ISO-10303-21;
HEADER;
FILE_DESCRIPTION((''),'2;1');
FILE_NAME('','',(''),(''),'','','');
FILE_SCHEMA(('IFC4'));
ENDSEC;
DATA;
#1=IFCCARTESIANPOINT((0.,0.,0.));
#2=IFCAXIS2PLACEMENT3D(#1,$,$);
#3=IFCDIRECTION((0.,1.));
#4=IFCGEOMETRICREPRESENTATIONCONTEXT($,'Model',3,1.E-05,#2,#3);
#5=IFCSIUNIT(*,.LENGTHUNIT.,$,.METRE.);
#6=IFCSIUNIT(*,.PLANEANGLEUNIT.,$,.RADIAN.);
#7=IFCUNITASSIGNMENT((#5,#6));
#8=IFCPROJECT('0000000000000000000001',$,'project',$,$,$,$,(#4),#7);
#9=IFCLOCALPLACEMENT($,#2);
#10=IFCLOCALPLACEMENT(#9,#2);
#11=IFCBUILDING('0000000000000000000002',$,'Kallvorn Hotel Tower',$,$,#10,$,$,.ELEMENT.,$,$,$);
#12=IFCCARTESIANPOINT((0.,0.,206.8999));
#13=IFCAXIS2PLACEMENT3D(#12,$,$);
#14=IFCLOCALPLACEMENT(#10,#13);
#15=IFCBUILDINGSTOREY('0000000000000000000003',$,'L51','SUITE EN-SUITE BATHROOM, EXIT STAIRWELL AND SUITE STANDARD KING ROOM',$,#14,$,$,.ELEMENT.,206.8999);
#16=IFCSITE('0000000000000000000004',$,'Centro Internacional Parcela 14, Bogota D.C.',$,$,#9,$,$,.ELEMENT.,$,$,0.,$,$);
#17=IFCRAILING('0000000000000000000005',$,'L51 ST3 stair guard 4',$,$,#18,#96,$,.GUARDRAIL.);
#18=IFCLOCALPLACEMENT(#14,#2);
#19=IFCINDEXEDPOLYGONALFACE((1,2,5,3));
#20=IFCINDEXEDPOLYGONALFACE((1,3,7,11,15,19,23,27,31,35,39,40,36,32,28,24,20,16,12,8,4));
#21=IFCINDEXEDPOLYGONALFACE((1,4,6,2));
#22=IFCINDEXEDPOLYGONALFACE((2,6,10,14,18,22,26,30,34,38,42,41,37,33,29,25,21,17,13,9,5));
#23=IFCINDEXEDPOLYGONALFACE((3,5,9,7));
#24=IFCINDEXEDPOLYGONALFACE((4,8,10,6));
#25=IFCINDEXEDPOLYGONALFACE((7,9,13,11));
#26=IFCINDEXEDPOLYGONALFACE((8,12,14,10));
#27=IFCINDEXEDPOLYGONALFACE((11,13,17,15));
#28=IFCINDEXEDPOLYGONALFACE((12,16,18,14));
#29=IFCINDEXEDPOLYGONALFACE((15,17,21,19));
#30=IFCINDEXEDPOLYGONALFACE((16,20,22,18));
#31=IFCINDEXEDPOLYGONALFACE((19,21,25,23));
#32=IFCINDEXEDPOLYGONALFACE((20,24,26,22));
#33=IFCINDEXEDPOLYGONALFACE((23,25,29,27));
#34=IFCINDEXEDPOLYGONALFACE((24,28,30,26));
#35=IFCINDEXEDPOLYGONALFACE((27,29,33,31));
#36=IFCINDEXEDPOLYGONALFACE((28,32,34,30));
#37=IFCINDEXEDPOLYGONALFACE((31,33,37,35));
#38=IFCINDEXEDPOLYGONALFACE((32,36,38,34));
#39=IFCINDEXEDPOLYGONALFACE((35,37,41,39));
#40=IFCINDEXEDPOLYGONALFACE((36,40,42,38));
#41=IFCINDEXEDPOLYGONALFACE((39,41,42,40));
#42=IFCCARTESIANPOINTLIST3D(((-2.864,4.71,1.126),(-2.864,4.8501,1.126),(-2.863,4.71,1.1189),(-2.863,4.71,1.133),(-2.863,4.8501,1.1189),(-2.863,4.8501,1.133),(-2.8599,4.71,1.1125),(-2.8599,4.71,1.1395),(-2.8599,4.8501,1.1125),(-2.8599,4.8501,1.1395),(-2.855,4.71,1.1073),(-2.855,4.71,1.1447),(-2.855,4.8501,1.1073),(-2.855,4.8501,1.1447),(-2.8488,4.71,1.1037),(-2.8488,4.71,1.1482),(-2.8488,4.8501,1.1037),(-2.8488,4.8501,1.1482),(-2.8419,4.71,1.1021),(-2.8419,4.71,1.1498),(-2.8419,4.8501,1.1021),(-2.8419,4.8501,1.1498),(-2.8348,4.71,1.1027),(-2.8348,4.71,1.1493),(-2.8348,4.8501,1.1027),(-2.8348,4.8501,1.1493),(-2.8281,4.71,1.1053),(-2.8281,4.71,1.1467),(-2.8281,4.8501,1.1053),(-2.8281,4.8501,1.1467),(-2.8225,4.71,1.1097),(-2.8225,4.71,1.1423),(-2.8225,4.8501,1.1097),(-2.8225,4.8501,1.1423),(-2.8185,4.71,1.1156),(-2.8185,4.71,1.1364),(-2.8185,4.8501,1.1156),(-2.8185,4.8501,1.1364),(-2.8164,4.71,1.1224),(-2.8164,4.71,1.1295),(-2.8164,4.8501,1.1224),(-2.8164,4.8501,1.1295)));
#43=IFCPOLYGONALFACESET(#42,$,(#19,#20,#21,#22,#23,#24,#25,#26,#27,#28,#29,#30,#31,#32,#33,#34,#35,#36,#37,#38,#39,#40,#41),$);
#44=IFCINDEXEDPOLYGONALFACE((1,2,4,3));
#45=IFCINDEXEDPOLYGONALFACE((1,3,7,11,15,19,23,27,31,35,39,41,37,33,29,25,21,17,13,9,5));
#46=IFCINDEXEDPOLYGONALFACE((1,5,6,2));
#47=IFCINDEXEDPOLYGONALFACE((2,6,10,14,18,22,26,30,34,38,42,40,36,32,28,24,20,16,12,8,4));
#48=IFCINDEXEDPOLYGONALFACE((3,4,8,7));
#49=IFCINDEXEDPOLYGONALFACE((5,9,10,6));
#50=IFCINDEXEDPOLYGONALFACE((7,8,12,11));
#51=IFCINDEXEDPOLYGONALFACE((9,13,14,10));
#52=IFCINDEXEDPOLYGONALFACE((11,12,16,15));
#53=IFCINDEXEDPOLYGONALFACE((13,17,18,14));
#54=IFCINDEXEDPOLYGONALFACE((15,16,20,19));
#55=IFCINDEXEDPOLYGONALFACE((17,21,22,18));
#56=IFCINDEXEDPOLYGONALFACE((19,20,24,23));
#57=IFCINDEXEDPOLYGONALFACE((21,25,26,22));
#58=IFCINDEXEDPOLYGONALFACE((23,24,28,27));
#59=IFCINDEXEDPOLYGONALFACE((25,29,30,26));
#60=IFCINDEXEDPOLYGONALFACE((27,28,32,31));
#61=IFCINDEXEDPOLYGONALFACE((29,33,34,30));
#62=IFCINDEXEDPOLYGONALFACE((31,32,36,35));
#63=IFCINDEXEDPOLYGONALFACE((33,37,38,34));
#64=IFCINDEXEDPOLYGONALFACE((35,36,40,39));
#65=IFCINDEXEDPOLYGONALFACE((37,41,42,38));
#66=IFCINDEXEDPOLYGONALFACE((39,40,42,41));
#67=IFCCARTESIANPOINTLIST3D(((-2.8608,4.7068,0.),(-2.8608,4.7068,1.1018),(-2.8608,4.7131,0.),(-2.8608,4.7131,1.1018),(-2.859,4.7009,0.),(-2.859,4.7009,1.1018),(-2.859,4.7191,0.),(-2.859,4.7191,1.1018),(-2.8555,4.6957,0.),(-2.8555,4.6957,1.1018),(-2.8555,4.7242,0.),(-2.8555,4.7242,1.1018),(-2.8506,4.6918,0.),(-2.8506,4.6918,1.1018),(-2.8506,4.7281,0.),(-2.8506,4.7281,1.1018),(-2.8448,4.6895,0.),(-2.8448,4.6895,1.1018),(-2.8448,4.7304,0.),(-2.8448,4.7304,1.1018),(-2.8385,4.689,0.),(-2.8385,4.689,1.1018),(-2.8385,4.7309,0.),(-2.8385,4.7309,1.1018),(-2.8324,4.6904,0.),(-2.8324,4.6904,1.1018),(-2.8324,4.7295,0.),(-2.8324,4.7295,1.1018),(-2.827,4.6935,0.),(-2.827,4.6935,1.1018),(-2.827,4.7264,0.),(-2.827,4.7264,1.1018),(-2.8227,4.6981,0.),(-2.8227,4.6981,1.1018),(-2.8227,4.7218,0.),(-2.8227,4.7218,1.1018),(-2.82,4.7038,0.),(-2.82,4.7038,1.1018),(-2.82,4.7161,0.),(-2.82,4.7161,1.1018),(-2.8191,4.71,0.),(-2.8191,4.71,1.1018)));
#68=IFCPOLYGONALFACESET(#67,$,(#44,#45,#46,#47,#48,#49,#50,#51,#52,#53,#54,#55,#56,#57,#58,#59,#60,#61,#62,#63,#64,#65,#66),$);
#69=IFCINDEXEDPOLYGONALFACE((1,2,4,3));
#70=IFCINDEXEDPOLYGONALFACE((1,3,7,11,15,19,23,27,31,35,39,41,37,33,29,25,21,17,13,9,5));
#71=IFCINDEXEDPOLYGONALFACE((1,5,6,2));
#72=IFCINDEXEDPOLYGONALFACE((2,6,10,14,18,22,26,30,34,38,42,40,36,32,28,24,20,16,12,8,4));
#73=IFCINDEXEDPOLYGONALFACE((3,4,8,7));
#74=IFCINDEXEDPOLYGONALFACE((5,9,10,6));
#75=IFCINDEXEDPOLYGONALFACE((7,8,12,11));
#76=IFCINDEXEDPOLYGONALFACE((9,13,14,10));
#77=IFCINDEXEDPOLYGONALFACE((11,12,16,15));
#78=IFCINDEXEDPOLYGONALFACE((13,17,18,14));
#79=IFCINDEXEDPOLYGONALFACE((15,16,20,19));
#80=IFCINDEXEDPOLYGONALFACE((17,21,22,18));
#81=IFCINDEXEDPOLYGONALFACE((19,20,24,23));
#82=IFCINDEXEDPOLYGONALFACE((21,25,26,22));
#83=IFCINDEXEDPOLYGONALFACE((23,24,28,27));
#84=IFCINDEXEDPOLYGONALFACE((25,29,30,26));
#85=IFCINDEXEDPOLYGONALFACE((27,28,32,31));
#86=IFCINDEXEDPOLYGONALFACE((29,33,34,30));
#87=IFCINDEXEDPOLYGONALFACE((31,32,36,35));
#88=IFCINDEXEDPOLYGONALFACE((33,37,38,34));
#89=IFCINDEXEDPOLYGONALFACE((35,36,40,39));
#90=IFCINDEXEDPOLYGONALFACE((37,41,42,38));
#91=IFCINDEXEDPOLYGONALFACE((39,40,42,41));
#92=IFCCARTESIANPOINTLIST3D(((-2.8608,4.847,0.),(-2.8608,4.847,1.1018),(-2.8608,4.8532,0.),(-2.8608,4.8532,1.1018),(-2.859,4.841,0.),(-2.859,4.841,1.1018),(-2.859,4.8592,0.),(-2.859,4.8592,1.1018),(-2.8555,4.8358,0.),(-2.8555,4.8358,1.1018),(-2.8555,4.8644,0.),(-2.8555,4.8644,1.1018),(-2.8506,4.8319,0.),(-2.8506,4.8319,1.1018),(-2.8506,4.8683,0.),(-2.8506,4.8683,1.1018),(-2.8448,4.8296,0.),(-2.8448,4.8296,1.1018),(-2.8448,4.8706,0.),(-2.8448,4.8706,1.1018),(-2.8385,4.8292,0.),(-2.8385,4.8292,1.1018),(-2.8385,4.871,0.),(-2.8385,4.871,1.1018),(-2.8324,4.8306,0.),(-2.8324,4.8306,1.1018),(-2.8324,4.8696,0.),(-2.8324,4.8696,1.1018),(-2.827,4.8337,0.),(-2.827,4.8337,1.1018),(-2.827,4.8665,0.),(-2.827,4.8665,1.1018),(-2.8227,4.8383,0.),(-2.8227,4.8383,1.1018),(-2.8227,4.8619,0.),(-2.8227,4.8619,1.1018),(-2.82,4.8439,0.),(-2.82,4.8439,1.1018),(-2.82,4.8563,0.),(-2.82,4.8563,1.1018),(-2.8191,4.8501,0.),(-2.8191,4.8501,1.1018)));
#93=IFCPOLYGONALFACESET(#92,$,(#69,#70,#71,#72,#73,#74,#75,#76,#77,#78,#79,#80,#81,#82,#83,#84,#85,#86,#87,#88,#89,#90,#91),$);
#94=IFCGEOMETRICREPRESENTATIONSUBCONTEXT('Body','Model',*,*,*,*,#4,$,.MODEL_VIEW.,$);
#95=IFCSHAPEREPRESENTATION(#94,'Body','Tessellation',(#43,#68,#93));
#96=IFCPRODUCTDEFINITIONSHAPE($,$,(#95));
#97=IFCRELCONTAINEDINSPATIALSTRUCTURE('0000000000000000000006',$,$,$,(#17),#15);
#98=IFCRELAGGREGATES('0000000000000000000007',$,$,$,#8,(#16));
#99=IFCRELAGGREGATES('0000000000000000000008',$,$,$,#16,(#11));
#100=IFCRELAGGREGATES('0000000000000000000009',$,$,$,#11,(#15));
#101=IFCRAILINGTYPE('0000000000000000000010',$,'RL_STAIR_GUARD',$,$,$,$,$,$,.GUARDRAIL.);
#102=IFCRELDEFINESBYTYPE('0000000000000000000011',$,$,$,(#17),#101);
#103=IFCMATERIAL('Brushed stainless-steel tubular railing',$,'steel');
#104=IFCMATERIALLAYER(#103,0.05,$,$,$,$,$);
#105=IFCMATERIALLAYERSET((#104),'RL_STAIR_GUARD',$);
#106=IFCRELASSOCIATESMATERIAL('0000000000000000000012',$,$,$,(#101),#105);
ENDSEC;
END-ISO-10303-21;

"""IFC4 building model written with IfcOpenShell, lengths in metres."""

from ifc_helpers import new_model, si_unit, direction, frame, origin, origin_2d, place, context, subcontext, project, spatial, circle, extrude, material, layer, layer_set, type_object, element, save


model = new_model("IFC4")

# Units and contexts
model_context = context("Model", 3, precision=1e-05, world=origin(), true_north=direction((0.0, 1.0)))
body_context = subcontext(model_context, "Body", "Model", "MODEL_VIEW")
ifc_project = project(units=[si_unit("LENGTHUNIT", "METRE"), si_unit("PLANEANGLEUNIT", "RADIAN")], contexts=[model_context])

# Site, building, storey
site_placement = place(None, origin())
site = spatial("IfcSite", under=ifc_project, at=site_placement, Name="Centro Internacional Parcela 14, Bogota D.C.", CompositionType="ELEMENT", RefElevation=0.0)
building_placement = place(site_placement, origin())
building = spatial("IfcBuilding", under=site, at=building_placement, Name="Kallvorn Hotel Tower", CompositionType="ELEMENT")
storey_placement = place(building_placement, frame((0.0, 0.0, 206.8999)))
storey = spatial("IfcBuildingStorey", under=building, at=storey_placement, Name="L51", Description="SUITE EN-SUITE BATHROOM, EXIT STAIRWELL AND SUITE STANDARD KING ROOM", CompositionType="ELEMENT", Elevation=206.8999)

# Railing
ifc_material_1 = material(Name="Brushed stainless-steel tubular railing", Category="steel")
ifc_layer_1 = layer(ifc_material_1, 0.05)
ifc_layer_set_1 = layer_set([ifc_layer_1], Name="RL_STAIR_GUARD")
railing_type_1 = type_object("IfcRailingType", Name="RL_STAIR_GUARD", PredefinedType="GUARDRAIL", material=ifc_layer_set_1)
railing_1_placement = place(storey_placement, frame((-2.8401, 4.71, 0.0)))
element("IfcRailing", 1, at=railing_1_placement, inside=storey, type_object=railing_type_1, Name="L51 ST3 stair guard 4", PredefinedType="GUARDRAIL", context=body_context, shape_type="SweptSolid", body=[
    extrude(circle(Radius=0.0239, at=origin_2d()), frame((0.0, 0.0, 1.126), z_axis=(0.0, 1.0, 0.0), x_axis=(-1.0, 0.0, 0.0)), (0.0, 0.0, 1.0), 0.1401),
    extrude(circle(Radius=0.021, at=origin_2d()), origin(), (0.0, 0.0, 1.0), 1.1018),
    extrude(circle(Radius=0.021, at=origin_2d()), frame((0.0, 0.1401, 0.0)), (0.0, 0.0, 1.0), 1.1018),
])

save(model, "model.ifc")
